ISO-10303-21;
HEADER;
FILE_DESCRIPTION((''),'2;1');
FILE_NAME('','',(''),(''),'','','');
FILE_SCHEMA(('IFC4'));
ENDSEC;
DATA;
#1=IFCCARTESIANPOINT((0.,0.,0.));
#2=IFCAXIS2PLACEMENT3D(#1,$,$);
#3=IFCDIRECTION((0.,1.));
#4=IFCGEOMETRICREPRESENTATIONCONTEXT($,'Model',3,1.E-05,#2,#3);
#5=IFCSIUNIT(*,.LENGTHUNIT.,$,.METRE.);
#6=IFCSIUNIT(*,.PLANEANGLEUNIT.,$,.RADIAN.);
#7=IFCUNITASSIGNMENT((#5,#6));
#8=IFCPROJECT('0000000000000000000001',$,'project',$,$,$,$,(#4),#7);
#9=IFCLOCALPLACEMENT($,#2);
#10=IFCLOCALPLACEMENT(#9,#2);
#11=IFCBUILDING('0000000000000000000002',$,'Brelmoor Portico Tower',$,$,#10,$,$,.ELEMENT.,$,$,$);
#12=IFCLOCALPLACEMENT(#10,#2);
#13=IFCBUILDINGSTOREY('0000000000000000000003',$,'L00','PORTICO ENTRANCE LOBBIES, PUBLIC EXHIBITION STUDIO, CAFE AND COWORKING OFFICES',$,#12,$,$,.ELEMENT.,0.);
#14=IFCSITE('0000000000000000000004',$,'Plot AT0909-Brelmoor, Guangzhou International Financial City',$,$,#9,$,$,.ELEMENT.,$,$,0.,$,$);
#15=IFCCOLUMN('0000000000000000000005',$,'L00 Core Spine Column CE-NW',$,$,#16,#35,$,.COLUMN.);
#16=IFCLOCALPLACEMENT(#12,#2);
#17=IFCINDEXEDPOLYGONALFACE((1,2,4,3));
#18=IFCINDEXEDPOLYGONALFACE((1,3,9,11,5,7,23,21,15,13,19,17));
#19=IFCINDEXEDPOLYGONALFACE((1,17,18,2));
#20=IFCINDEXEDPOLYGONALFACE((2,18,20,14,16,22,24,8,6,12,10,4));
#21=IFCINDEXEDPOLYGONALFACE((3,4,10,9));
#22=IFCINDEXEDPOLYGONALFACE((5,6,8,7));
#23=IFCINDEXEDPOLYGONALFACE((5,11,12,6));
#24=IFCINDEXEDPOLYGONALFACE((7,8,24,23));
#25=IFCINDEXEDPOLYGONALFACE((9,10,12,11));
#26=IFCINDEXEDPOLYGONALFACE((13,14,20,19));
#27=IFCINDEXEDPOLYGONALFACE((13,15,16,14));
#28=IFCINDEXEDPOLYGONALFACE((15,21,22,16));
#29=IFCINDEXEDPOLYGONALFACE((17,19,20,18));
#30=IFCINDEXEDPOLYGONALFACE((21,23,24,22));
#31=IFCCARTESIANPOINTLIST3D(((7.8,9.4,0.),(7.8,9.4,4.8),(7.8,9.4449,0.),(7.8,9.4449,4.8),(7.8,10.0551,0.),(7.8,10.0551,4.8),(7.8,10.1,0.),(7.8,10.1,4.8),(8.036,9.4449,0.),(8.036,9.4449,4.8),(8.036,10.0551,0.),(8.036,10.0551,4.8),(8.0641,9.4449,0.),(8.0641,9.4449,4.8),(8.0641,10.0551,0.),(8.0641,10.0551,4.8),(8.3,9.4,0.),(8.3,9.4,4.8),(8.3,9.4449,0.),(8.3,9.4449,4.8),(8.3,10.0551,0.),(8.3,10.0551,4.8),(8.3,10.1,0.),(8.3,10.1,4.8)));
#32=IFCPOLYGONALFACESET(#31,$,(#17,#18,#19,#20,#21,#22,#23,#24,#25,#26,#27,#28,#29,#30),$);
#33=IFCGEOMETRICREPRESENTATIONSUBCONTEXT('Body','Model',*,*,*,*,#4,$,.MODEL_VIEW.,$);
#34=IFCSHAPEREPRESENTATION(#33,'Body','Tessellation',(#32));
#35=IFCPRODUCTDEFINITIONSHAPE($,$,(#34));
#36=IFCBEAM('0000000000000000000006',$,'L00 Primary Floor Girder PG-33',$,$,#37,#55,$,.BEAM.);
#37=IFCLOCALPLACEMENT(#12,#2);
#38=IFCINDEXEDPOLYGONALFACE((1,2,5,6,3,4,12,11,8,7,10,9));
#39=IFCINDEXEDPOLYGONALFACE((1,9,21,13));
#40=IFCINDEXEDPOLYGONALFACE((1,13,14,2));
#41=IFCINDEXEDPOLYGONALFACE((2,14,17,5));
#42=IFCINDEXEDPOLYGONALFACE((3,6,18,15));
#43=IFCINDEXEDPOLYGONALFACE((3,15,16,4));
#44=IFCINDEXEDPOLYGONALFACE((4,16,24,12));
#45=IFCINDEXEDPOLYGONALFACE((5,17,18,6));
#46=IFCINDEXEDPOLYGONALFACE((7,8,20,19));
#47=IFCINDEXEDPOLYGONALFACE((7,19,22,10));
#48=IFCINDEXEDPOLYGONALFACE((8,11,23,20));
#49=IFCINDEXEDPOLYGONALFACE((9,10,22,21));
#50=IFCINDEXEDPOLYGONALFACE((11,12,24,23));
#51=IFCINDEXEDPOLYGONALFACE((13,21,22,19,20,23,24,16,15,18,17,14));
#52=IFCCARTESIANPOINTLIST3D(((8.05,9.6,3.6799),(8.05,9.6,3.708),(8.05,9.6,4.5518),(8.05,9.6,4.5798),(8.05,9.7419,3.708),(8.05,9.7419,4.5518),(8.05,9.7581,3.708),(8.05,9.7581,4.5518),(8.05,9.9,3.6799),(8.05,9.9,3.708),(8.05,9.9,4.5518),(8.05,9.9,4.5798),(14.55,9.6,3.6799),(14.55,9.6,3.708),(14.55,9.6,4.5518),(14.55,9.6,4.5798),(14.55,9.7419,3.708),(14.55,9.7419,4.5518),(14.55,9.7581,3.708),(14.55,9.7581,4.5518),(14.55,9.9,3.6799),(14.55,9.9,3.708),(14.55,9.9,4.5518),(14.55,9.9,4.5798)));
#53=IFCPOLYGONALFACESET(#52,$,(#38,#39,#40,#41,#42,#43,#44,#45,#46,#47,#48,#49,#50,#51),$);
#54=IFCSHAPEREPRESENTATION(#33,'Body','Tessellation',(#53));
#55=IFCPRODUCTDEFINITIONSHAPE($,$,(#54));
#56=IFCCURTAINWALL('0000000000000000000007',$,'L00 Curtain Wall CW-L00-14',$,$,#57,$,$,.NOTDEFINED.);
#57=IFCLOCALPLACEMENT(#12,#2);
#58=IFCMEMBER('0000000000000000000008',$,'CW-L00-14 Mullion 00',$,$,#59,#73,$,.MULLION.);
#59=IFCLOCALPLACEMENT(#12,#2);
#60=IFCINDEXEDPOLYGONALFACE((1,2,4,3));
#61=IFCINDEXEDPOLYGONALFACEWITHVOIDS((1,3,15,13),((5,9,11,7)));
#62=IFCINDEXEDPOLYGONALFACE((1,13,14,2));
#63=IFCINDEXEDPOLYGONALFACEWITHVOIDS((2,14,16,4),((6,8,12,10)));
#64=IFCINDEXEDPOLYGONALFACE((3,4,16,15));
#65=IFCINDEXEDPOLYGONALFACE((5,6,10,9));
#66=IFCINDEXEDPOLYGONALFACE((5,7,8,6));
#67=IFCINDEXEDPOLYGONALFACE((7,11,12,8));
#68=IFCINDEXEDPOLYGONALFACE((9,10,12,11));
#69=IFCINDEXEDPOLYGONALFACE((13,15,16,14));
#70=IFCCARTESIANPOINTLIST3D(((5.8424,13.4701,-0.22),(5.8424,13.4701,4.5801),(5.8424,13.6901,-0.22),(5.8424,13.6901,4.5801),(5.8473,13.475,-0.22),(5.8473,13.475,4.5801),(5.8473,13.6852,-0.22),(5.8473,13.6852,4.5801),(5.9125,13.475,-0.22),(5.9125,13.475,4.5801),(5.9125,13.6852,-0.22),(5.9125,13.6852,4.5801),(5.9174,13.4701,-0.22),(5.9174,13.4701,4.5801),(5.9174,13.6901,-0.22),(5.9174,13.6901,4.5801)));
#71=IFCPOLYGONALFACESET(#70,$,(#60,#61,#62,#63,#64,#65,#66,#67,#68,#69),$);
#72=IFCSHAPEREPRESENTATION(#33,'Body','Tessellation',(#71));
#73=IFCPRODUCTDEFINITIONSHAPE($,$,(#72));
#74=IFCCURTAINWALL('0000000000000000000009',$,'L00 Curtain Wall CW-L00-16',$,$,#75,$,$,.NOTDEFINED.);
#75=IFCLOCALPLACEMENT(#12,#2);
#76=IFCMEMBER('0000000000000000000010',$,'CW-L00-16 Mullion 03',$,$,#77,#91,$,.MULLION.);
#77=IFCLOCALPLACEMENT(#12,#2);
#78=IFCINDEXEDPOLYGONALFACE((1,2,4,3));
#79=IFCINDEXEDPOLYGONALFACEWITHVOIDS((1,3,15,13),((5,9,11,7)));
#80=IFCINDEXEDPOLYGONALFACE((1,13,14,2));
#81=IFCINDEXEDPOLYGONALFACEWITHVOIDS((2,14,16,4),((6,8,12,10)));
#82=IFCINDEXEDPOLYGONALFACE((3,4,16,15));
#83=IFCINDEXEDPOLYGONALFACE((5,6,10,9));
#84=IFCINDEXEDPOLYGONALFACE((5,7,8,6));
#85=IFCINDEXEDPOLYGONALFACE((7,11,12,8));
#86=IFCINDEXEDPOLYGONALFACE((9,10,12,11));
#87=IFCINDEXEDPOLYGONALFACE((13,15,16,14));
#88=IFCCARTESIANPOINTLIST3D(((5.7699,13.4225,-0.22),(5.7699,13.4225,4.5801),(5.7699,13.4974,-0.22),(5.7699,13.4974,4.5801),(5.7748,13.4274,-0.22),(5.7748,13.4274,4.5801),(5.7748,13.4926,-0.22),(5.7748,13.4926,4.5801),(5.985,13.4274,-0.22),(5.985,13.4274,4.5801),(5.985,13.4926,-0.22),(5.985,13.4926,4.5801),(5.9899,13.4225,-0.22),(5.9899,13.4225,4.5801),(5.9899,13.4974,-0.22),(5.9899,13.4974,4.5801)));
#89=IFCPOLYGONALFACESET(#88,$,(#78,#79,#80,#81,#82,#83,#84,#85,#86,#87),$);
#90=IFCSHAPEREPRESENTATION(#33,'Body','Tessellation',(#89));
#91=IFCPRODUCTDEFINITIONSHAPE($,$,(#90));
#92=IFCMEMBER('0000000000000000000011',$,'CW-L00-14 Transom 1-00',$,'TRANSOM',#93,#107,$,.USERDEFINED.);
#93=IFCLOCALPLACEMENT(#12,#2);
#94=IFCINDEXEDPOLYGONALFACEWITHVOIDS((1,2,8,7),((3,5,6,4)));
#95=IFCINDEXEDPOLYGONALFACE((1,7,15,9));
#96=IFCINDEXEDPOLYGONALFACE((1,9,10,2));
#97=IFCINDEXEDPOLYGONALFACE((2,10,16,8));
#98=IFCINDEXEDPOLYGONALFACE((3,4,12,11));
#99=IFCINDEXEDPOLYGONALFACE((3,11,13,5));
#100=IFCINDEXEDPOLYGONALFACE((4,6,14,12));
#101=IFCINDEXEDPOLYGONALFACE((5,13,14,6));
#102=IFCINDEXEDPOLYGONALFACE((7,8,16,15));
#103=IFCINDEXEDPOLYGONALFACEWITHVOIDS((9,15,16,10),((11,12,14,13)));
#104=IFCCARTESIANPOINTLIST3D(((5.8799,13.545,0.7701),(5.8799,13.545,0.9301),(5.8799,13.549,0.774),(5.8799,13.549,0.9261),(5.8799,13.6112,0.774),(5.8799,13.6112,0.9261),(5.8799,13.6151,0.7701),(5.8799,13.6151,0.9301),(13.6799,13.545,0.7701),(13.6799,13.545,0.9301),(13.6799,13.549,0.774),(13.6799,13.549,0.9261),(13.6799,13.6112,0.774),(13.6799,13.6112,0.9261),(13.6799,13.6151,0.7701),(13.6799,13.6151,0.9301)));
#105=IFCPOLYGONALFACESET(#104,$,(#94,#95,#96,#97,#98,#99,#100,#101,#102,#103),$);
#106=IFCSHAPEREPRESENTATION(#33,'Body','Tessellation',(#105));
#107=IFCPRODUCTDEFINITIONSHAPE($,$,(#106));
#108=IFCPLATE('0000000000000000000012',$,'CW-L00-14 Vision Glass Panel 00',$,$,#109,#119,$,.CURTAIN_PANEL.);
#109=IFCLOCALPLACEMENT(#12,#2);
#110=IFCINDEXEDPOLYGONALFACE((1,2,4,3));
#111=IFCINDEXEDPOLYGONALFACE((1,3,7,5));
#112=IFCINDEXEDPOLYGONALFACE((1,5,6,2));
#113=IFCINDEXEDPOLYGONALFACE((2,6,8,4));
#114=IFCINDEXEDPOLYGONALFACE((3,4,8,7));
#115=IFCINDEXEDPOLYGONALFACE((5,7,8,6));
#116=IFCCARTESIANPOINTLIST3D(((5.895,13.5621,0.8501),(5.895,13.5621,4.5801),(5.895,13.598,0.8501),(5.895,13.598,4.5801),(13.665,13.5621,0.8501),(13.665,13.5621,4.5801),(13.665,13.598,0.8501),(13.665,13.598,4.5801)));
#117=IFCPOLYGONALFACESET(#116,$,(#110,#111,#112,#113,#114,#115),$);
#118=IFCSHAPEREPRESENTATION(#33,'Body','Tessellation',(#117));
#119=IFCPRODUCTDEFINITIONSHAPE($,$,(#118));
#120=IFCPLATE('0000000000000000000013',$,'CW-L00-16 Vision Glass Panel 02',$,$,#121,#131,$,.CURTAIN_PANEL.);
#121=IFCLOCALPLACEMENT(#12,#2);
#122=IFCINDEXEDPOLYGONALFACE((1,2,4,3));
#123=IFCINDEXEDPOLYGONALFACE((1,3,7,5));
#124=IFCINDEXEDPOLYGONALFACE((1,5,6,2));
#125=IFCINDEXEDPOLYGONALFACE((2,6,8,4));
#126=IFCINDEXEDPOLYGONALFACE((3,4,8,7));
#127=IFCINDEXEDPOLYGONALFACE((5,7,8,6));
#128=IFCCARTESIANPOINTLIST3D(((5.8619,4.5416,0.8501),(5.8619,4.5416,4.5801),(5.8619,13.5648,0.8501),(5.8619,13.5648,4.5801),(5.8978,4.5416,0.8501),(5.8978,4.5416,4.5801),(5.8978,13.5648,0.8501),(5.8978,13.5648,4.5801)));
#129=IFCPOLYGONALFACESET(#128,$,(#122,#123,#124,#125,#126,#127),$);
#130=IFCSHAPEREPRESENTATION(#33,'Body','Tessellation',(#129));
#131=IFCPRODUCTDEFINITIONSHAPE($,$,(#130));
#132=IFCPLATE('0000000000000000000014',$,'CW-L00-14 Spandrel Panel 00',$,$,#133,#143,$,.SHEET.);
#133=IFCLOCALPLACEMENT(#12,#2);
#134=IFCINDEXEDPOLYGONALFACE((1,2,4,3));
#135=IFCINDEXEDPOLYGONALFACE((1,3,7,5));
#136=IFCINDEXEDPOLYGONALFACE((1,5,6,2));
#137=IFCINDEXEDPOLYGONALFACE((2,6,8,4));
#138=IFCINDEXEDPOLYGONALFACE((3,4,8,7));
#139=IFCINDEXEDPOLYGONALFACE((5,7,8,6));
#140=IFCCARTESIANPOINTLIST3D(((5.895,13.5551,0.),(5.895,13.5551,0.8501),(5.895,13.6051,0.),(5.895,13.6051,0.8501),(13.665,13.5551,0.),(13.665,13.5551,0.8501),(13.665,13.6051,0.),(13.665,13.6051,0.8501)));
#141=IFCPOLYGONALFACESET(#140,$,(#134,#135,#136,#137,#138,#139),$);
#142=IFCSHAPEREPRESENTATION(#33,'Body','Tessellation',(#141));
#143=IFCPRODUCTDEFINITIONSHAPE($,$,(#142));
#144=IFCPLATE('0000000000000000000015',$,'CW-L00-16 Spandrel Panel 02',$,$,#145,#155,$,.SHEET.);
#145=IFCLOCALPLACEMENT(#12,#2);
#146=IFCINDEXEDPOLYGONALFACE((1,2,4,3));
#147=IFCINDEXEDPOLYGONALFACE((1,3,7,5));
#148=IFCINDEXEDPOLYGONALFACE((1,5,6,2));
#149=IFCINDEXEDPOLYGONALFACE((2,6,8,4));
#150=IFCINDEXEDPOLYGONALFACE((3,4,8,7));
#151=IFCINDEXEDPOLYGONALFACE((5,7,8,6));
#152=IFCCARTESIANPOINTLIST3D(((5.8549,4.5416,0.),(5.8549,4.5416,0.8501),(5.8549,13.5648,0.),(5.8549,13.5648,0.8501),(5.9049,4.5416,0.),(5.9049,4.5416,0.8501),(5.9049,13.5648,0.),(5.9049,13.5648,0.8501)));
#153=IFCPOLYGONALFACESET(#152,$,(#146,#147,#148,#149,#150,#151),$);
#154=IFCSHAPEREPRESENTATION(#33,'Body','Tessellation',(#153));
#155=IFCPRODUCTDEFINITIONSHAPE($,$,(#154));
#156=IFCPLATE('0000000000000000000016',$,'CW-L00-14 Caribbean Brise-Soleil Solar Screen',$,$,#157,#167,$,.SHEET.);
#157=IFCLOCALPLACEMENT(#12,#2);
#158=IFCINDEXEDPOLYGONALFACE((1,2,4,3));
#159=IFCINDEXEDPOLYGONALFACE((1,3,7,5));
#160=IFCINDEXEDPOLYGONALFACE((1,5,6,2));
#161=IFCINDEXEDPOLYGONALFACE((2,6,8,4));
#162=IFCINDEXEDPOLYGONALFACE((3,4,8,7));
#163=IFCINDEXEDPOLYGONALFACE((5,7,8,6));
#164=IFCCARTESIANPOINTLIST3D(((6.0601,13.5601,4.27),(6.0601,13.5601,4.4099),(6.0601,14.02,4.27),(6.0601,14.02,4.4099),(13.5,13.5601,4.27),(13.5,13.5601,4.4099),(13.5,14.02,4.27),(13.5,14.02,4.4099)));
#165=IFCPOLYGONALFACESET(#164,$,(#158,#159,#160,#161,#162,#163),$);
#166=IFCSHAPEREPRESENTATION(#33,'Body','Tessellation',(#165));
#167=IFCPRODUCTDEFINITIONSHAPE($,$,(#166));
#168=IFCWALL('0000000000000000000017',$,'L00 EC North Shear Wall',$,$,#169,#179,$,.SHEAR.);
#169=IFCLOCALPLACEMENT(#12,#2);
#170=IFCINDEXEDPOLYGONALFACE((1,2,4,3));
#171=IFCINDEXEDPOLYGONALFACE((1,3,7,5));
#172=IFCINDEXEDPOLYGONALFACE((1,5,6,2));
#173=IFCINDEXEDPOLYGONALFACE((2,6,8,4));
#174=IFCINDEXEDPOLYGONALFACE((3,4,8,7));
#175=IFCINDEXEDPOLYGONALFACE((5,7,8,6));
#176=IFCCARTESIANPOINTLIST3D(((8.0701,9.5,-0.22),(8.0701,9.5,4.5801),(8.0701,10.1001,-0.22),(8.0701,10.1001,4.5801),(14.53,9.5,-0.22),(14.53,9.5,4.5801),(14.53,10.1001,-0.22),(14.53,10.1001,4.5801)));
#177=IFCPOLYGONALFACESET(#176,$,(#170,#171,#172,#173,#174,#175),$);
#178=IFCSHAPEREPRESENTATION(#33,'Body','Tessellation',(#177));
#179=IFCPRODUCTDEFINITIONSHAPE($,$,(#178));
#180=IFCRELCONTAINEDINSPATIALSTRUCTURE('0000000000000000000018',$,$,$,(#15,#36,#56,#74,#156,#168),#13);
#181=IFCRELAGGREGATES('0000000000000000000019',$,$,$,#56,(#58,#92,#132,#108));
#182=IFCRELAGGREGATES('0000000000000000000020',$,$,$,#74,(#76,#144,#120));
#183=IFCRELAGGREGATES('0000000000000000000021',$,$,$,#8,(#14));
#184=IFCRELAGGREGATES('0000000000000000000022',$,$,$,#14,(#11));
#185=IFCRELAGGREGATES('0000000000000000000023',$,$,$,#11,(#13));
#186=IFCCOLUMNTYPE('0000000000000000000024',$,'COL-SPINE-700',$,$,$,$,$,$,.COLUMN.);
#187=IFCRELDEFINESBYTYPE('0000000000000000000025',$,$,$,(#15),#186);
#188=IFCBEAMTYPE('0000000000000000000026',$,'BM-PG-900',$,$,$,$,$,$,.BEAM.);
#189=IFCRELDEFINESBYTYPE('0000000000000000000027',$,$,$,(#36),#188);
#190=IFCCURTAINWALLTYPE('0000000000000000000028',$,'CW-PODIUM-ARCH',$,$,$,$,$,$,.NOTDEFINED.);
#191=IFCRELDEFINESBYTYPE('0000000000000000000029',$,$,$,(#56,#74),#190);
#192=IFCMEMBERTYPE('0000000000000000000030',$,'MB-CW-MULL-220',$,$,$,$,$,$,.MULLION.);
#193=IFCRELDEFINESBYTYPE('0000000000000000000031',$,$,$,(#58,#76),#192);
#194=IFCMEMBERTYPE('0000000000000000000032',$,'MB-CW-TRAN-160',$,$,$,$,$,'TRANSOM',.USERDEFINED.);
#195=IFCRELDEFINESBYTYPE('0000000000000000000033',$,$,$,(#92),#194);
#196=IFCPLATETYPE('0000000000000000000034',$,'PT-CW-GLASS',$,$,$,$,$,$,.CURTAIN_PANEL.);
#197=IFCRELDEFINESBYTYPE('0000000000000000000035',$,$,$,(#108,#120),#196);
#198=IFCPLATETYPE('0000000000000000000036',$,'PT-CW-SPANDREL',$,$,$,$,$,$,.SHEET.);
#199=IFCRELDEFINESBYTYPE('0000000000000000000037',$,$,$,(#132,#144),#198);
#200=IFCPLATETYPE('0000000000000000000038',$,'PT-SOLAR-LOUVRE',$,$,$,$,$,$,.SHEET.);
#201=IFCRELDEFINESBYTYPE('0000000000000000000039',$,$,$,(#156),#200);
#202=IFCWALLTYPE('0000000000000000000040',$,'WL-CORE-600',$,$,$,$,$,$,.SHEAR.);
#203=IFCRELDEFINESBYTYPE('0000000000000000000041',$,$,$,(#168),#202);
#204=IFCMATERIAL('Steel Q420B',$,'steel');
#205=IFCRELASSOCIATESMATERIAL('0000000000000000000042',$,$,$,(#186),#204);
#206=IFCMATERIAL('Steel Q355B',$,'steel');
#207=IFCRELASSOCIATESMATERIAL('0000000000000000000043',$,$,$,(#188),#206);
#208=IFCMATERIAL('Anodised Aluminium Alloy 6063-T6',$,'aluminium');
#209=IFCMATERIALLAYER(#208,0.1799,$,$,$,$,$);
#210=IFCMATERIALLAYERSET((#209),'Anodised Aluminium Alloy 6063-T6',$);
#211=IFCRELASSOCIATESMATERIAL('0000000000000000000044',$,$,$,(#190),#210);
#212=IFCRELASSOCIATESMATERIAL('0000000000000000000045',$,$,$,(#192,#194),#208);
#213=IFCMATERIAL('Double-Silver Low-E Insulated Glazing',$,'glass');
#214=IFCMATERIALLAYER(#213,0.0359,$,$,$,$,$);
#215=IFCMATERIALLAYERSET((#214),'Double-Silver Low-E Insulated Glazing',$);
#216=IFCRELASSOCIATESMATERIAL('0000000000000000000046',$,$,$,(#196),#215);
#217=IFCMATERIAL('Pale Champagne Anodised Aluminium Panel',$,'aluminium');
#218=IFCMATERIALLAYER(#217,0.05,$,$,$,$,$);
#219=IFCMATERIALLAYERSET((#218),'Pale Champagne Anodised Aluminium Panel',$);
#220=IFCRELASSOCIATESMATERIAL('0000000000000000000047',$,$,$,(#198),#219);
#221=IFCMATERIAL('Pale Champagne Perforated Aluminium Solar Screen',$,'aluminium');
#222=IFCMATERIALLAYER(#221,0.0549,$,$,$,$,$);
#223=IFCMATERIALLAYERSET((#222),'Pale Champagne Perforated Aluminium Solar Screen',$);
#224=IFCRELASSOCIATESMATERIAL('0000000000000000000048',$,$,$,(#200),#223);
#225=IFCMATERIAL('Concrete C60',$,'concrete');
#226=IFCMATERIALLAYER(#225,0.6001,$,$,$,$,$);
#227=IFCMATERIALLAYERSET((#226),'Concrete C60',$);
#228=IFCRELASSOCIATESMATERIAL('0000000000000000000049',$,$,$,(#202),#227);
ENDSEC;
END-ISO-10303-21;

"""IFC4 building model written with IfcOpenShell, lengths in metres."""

from ifc_helpers import new_model, si_unit, direction, frame, frame_2d, origin, origin_2d, place, context, subcontext, project, spatial, rectangle, hollow_rectangle, i_section, extrude, material, layer, layer_set, material_profile, profile_set, type_object, element, aggregate, save


model = new_model("IFC4")

# Units and contexts
model_context = context("Model", 3, precision=1e-05, world=origin(), true_north=direction((0.0, 1.0)))
body_context = subcontext(model_context, "Body", "Model", "MODEL_VIEW")
ifc_project = project(units=[si_unit("LENGTHUNIT", "METRE"), si_unit("PLANEANGLEUNIT", "RADIAN")], contexts=[model_context])

# Site, building, storey
site_placement = place(None, origin())
site = spatial("IfcSite", under=ifc_project, at=site_placement, Name="Plot AT0909-Brelmoor, Guangzhou International Financial City", CompositionType="ELEMENT", RefElevation=0.0)
building_placement = place(site_placement, origin())
building = spatial("IfcBuilding", under=site, at=building_placement, Name="Brelmoor Portico Tower", CompositionType="ELEMENT")
storey_placement = place(building_placement, origin())
storey = spatial("IfcBuildingStorey", under=building, at=storey_placement, Name="L00", Description="PORTICO ENTRANCE LOBBIES, PUBLIC EXHIBITION STUDIO, CAFE AND COWORKING OFFICES", CompositionType="ELEMENT", Elevation=0.0)

# Column
ifc_material_1 = material(Name="Steel Q420B", Category="steel")
ifc_material_profile_1 = material_profile(ifc_material_1, i_section(OverallWidth=0.5, OverallDepth=0.7, WebThickness=0.0281, FlangeThickness=0.0449, at=origin_2d()), Name="HW 700x500x28x45")
ifc_profile_set_1 = profile_set([ifc_material_profile_1], Name="Steel Q420B")
column_type = type_object("IfcColumnType", Name="COL-SPINE-700", PredefinedType="COLUMN", material=ifc_profile_set_1)
column_placement = place(storey_placement, frame((8.05, 9.75, 0.0), z_axis=(0.0, 0.0, 1.0), x_axis=(1.0, 0.0, 0.0)))
element("IfcColumn", 1, at=column_placement, inside=storey, type_object=column_type, Name="L00 Core Spine Column CE-NW", PredefinedType="COLUMN", context=body_context, shape_type="SweptSolid", body=[
    extrude(i_section(OverallWidth=0.5, OverallDepth=0.7, WebThickness=0.0281, FlangeThickness=0.0449, at=origin_2d()), origin(), (0.0, 0.0, 1.0), 4.8),
])

# Beam
ifc_material_2 = material(Name="Steel Q355B", Category="steel")
ifc_material_profile_2 = material_profile(ifc_material_2, i_section(OverallWidth=0.3, OverallDepth=0.8999, WebThickness=0.0161, FlangeThickness=0.0281, at=origin_2d()), Name="HN 900x300x16x28")
ifc_profile_set_2 = profile_set([ifc_material_profile_2], Name="Steel Q355B")
beam_type = type_object("IfcBeamType", Name="BM-PG-900", PredefinedType="BEAM", material=ifc_profile_set_2)
beam_placement = place(storey_placement, frame((8.05, 9.75, 4.1299), z_axis=(1.0, 0.0, 0.0), x_axis=(0.0, 1.0, 0.0)))
element("IfcBeam", 2, at=beam_placement, inside=storey, type_object=beam_type, Name="L00 Primary Floor Girder PG-33", PredefinedType="BEAM", context=body_context, shape_type="SweptSolid", body=[
    extrude(i_section(OverallWidth=0.3, OverallDepth=0.8999, WebThickness=0.0161, FlangeThickness=0.0281, at=origin_2d()), origin(), (0.0, 0.0, 1.0), 6.5),
])

# Curtain walls, members
ifc_material_3 = material(Name="Anodised Aluminium Alloy 6063-T6", Category="aluminium")
ifc_layer_1 = layer(ifc_material_3, 0.1799)
ifc_layer_set_1 = layer_set([ifc_layer_1], Name="Anodised Aluminium Alloy 6063-T6")
curtain_wall_type = type_object("IfcCurtainWallType", Name="CW-PODIUM-ARCH", PredefinedType="NOTDEFINED", material=ifc_layer_set_1)
curtain_wall_1_placement = place(storey_placement, origin())
curtain_wall_1 = element("IfcCurtainWall", 3, at=curtain_wall_1_placement, inside=storey, type_object=curtain_wall_type, Name="L00 Curtain Wall CW-L00-14", PredefinedType="NOTDEFINED")
ifc_material_profile_3 = material_profile(ifc_material_3, hollow_rectangle(XDim=0.075, YDim=0.22, WallThickness=0.0049, at=origin_2d()), Name="ALU MULLION 75x220")
ifc_profile_set_3 = profile_set([ifc_material_profile_3], Name="Anodised Aluminium Alloy 6063-T6")
member_type_1 = type_object("IfcMemberType", Name="MB-CW-MULL-220", PredefinedType="MULLION", material=ifc_profile_set_3)
member_1_placement = place(storey_placement, frame((5.8799, 13.5801, -0.22), z_axis=(0.0, 0.0, 1.0), x_axis=(1.0, 0.0, 0.0)))
member_1 = element("IfcMember", 4, at=member_1_placement, type_object=member_type_1, Name="CW-L00-14 Mullion 00", PredefinedType="MULLION", context=body_context, shape_type="SweptSolid", body=[
    extrude(hollow_rectangle(XDim=0.075, YDim=0.22, WallThickness=0.0049, at=origin_2d()), origin(), (0.0, 0.0, 1.0), 4.8),
])
curtain_wall_2_placement = place(storey_placement, origin())
curtain_wall_2 = element("IfcCurtainWall", 5, at=curtain_wall_2_placement, inside=storey, type_object=curtain_wall_type, Name="L00 Curtain Wall CW-L00-16", PredefinedType="NOTDEFINED")
member_2_placement = place(storey_placement, frame((5.8799, 13.46, -0.22), z_axis=(0.0, 0.0, 1.0), x_axis=(0.0, 1.0, 0.0)))
member_2 = element("IfcMember", 6, at=member_2_placement, type_object=member_type_1, Name="CW-L00-16 Mullion 03", PredefinedType="MULLION", context=body_context, shape_type="SweptSolid", body=[
    extrude(hollow_rectangle(XDim=0.075, YDim=0.22, WallThickness=0.0049, at=origin_2d()), origin(), (0.0, 0.0, 1.0), 4.8),
])

# Member
ifc_material_profile_4 = material_profile(ifc_material_3, hollow_rectangle(XDim=0.0701, YDim=0.1599, WallThickness=0.0039, at=origin_2d()), Name="ALU TRANSOM 70x160")
ifc_profile_set_4 = profile_set([ifc_material_profile_4], Name="Anodised Aluminium Alloy 6063-T6")
member_type_2 = type_object("IfcMemberType", Name="MB-CW-TRAN-160", ElementType="TRANSOM", PredefinedType="USERDEFINED", material=ifc_profile_set_4)
member_3_placement = place(storey_placement, frame((5.8799, 13.5801, 0.8501), z_axis=(1.0, 0.0, 0.0), x_axis=(0.0, 1.0, 0.0)))
member_3 = element("IfcMember", 7, at=member_3_placement, type_object=member_type_2, Name="CW-L00-14 Transom 1-00", ObjectType="TRANSOM", PredefinedType="USERDEFINED", context=body_context, shape_type="SweptSolid", body=[
    extrude(hollow_rectangle(XDim=0.0701, YDim=0.1599, WallThickness=0.0039, at=origin_2d()), origin(), (0.0, 0.0, 1.0), 7.8),
])

# Plates
ifc_material_4 = material(Name="Double-Silver Low-E Insulated Glazing", Category="glass")
ifc_layer_2 = layer(ifc_material_4, 0.0359)
ifc_layer_set_2 = layer_set([ifc_layer_2], Name="Double-Silver Low-E Insulated Glazing")
plate_type_1 = type_object("IfcPlateType", Name="PT-CW-GLASS", PredefinedType="CURTAIN_PANEL", material=ifc_layer_set_2)
plate_1_placement = place(storey_placement, frame((9.78, 13.5801, 0.8501), z_axis=(0.0, 0.0, 1.0), x_axis=(1.0, 0.0, 0.0)))
plate_1 = element("IfcPlate", 8, at=plate_1_placement, type_object=plate_type_1, Name="CW-L00-14 Vision Glass Panel 00", PredefinedType="CURTAIN_PANEL", context=body_context, shape_type="SweptSolid", body=[
    extrude(rectangle(XDim=7.77, YDim=0.0359, at=origin_2d()), origin(), (0.0, 0.0, 1.0), 3.73),
])
plate_2_placement = place(storey_placement, frame((5.8799, 9.0532, 0.8501), z_axis=(0.0, 0.0, 1.0), x_axis=(0.0, 1.0, 0.0)))
plate_2 = element("IfcPlate", 9, at=plate_2_placement, type_object=plate_type_1, Name="CW-L00-16 Vision Glass Panel 02", PredefinedType="CURTAIN_PANEL", context=body_context, shape_type="SweptSolid", body=[
    extrude(rectangle(XDim=9.0232, YDim=0.0359, at=origin_2d()), origin(), (0.0, 0.0, 1.0), 3.73),
])
ifc_material_5 = material(Name="Pale Champagne Anodised Aluminium Panel", Category="aluminium")
ifc_layer_3 = layer(ifc_material_5, 0.05)
ifc_layer_set_3 = layer_set([ifc_layer_3], Name="Pale Champagne Anodised Aluminium Panel")
plate_type_2 = type_object("IfcPlateType", Name="PT-CW-SPANDREL", PredefinedType="SHEET", material=ifc_layer_set_3)
plate_3_placement = place(storey_placement, frame((9.78, 13.5801, 0.0), z_axis=(0.0, 0.0, 1.0), x_axis=(1.0, 0.0, 0.0)))
plate_3 = element("IfcPlate", 10, at=plate_3_placement, type_object=plate_type_2, Name="CW-L00-14 Spandrel Panel 00", PredefinedType="SHEET", context=body_context, shape_type="SweptSolid", body=[
    extrude(rectangle(XDim=7.77, YDim=0.05, at=origin_2d()), origin(), (0.0, 0.0, 1.0), 0.8501),
])
aggregate(curtain_wall_1, [member_1, member_3, plate_3, plate_1])
plate_4_placement = place(storey_placement, frame((5.8799, 9.0532, 0.0), z_axis=(0.0, 0.0, 1.0), x_axis=(0.0, 1.0, 0.0)))
plate_4 = element("IfcPlate", 11, at=plate_4_placement, type_object=plate_type_2, Name="CW-L00-16 Spandrel Panel 02", PredefinedType="SHEET", context=body_context, shape_type="SweptSolid", body=[
    extrude(rectangle(XDim=9.0232, YDim=0.05, at=origin_2d()), origin(), (0.0, 0.0, 1.0), 0.8501),
])
aggregate(curtain_wall_2, [member_2, plate_4, plate_2])
ifc_material_6 = material(Name="Pale Champagne Perforated Aluminium Solar Screen", Category="aluminium")
ifc_layer_4 = layer(ifc_material_6, 0.0549)
ifc_layer_set_4 = layer_set([ifc_layer_4], Name="Pale Champagne Perforated Aluminium Solar Screen")
plate_type_3 = type_object("IfcPlateType", Name="PT-SOLAR-LOUVRE", PredefinedType="SHEET", material=ifc_layer_set_4)
plate_5_placement = place(storey_placement, frame((9.78, 13.79, 4.27), z_axis=(0.0, 0.0, 1.0), x_axis=(1.0, 0.0, 0.0)))
element("IfcPlate", 12, at=plate_5_placement, inside=storey, type_object=plate_type_3, Name="CW-L00-14 Caribbean Brise-Soleil Solar Screen", PredefinedType="SHEET", context=body_context, shape_type="SweptSolid", body=[
    extrude(rectangle(XDim=7.4399, YDim=0.46, at=origin_2d()), origin(), (0.0, 0.0, 1.0), 0.1399),
])

# Wall
ifc_material_7 = material(Name="Concrete C60", Category="concrete")
ifc_layer_5 = layer(ifc_material_7, 0.6001)
ifc_layer_set_5 = layer_set([ifc_layer_5], Name="Concrete C60")
wall_type_1 = type_object("IfcWallType", Name="WL-CORE-600", PredefinedType="SHEAR", material=ifc_layer_set_5)
wall_1_placement = place(storey_placement, frame((8.0701, 9.8, -0.22), z_axis=(0.0, 0.0, 1.0), x_axis=(1.0, 0.0, 0.0)))
element("IfcWall", 13, at=wall_1_placement, inside=storey, type_object=wall_type_1, Name="L00 EC North Shear Wall", PredefinedType="SHEAR", context=body_context, shape_type="SweptSolid", body=[
    extrude(rectangle(XDim=6.46, YDim=0.6001, at=frame_2d((3.23, 0.0))), origin(), (0.0, 0.0, 1.0), 4.8),
])

save(model, "model.ifc")
